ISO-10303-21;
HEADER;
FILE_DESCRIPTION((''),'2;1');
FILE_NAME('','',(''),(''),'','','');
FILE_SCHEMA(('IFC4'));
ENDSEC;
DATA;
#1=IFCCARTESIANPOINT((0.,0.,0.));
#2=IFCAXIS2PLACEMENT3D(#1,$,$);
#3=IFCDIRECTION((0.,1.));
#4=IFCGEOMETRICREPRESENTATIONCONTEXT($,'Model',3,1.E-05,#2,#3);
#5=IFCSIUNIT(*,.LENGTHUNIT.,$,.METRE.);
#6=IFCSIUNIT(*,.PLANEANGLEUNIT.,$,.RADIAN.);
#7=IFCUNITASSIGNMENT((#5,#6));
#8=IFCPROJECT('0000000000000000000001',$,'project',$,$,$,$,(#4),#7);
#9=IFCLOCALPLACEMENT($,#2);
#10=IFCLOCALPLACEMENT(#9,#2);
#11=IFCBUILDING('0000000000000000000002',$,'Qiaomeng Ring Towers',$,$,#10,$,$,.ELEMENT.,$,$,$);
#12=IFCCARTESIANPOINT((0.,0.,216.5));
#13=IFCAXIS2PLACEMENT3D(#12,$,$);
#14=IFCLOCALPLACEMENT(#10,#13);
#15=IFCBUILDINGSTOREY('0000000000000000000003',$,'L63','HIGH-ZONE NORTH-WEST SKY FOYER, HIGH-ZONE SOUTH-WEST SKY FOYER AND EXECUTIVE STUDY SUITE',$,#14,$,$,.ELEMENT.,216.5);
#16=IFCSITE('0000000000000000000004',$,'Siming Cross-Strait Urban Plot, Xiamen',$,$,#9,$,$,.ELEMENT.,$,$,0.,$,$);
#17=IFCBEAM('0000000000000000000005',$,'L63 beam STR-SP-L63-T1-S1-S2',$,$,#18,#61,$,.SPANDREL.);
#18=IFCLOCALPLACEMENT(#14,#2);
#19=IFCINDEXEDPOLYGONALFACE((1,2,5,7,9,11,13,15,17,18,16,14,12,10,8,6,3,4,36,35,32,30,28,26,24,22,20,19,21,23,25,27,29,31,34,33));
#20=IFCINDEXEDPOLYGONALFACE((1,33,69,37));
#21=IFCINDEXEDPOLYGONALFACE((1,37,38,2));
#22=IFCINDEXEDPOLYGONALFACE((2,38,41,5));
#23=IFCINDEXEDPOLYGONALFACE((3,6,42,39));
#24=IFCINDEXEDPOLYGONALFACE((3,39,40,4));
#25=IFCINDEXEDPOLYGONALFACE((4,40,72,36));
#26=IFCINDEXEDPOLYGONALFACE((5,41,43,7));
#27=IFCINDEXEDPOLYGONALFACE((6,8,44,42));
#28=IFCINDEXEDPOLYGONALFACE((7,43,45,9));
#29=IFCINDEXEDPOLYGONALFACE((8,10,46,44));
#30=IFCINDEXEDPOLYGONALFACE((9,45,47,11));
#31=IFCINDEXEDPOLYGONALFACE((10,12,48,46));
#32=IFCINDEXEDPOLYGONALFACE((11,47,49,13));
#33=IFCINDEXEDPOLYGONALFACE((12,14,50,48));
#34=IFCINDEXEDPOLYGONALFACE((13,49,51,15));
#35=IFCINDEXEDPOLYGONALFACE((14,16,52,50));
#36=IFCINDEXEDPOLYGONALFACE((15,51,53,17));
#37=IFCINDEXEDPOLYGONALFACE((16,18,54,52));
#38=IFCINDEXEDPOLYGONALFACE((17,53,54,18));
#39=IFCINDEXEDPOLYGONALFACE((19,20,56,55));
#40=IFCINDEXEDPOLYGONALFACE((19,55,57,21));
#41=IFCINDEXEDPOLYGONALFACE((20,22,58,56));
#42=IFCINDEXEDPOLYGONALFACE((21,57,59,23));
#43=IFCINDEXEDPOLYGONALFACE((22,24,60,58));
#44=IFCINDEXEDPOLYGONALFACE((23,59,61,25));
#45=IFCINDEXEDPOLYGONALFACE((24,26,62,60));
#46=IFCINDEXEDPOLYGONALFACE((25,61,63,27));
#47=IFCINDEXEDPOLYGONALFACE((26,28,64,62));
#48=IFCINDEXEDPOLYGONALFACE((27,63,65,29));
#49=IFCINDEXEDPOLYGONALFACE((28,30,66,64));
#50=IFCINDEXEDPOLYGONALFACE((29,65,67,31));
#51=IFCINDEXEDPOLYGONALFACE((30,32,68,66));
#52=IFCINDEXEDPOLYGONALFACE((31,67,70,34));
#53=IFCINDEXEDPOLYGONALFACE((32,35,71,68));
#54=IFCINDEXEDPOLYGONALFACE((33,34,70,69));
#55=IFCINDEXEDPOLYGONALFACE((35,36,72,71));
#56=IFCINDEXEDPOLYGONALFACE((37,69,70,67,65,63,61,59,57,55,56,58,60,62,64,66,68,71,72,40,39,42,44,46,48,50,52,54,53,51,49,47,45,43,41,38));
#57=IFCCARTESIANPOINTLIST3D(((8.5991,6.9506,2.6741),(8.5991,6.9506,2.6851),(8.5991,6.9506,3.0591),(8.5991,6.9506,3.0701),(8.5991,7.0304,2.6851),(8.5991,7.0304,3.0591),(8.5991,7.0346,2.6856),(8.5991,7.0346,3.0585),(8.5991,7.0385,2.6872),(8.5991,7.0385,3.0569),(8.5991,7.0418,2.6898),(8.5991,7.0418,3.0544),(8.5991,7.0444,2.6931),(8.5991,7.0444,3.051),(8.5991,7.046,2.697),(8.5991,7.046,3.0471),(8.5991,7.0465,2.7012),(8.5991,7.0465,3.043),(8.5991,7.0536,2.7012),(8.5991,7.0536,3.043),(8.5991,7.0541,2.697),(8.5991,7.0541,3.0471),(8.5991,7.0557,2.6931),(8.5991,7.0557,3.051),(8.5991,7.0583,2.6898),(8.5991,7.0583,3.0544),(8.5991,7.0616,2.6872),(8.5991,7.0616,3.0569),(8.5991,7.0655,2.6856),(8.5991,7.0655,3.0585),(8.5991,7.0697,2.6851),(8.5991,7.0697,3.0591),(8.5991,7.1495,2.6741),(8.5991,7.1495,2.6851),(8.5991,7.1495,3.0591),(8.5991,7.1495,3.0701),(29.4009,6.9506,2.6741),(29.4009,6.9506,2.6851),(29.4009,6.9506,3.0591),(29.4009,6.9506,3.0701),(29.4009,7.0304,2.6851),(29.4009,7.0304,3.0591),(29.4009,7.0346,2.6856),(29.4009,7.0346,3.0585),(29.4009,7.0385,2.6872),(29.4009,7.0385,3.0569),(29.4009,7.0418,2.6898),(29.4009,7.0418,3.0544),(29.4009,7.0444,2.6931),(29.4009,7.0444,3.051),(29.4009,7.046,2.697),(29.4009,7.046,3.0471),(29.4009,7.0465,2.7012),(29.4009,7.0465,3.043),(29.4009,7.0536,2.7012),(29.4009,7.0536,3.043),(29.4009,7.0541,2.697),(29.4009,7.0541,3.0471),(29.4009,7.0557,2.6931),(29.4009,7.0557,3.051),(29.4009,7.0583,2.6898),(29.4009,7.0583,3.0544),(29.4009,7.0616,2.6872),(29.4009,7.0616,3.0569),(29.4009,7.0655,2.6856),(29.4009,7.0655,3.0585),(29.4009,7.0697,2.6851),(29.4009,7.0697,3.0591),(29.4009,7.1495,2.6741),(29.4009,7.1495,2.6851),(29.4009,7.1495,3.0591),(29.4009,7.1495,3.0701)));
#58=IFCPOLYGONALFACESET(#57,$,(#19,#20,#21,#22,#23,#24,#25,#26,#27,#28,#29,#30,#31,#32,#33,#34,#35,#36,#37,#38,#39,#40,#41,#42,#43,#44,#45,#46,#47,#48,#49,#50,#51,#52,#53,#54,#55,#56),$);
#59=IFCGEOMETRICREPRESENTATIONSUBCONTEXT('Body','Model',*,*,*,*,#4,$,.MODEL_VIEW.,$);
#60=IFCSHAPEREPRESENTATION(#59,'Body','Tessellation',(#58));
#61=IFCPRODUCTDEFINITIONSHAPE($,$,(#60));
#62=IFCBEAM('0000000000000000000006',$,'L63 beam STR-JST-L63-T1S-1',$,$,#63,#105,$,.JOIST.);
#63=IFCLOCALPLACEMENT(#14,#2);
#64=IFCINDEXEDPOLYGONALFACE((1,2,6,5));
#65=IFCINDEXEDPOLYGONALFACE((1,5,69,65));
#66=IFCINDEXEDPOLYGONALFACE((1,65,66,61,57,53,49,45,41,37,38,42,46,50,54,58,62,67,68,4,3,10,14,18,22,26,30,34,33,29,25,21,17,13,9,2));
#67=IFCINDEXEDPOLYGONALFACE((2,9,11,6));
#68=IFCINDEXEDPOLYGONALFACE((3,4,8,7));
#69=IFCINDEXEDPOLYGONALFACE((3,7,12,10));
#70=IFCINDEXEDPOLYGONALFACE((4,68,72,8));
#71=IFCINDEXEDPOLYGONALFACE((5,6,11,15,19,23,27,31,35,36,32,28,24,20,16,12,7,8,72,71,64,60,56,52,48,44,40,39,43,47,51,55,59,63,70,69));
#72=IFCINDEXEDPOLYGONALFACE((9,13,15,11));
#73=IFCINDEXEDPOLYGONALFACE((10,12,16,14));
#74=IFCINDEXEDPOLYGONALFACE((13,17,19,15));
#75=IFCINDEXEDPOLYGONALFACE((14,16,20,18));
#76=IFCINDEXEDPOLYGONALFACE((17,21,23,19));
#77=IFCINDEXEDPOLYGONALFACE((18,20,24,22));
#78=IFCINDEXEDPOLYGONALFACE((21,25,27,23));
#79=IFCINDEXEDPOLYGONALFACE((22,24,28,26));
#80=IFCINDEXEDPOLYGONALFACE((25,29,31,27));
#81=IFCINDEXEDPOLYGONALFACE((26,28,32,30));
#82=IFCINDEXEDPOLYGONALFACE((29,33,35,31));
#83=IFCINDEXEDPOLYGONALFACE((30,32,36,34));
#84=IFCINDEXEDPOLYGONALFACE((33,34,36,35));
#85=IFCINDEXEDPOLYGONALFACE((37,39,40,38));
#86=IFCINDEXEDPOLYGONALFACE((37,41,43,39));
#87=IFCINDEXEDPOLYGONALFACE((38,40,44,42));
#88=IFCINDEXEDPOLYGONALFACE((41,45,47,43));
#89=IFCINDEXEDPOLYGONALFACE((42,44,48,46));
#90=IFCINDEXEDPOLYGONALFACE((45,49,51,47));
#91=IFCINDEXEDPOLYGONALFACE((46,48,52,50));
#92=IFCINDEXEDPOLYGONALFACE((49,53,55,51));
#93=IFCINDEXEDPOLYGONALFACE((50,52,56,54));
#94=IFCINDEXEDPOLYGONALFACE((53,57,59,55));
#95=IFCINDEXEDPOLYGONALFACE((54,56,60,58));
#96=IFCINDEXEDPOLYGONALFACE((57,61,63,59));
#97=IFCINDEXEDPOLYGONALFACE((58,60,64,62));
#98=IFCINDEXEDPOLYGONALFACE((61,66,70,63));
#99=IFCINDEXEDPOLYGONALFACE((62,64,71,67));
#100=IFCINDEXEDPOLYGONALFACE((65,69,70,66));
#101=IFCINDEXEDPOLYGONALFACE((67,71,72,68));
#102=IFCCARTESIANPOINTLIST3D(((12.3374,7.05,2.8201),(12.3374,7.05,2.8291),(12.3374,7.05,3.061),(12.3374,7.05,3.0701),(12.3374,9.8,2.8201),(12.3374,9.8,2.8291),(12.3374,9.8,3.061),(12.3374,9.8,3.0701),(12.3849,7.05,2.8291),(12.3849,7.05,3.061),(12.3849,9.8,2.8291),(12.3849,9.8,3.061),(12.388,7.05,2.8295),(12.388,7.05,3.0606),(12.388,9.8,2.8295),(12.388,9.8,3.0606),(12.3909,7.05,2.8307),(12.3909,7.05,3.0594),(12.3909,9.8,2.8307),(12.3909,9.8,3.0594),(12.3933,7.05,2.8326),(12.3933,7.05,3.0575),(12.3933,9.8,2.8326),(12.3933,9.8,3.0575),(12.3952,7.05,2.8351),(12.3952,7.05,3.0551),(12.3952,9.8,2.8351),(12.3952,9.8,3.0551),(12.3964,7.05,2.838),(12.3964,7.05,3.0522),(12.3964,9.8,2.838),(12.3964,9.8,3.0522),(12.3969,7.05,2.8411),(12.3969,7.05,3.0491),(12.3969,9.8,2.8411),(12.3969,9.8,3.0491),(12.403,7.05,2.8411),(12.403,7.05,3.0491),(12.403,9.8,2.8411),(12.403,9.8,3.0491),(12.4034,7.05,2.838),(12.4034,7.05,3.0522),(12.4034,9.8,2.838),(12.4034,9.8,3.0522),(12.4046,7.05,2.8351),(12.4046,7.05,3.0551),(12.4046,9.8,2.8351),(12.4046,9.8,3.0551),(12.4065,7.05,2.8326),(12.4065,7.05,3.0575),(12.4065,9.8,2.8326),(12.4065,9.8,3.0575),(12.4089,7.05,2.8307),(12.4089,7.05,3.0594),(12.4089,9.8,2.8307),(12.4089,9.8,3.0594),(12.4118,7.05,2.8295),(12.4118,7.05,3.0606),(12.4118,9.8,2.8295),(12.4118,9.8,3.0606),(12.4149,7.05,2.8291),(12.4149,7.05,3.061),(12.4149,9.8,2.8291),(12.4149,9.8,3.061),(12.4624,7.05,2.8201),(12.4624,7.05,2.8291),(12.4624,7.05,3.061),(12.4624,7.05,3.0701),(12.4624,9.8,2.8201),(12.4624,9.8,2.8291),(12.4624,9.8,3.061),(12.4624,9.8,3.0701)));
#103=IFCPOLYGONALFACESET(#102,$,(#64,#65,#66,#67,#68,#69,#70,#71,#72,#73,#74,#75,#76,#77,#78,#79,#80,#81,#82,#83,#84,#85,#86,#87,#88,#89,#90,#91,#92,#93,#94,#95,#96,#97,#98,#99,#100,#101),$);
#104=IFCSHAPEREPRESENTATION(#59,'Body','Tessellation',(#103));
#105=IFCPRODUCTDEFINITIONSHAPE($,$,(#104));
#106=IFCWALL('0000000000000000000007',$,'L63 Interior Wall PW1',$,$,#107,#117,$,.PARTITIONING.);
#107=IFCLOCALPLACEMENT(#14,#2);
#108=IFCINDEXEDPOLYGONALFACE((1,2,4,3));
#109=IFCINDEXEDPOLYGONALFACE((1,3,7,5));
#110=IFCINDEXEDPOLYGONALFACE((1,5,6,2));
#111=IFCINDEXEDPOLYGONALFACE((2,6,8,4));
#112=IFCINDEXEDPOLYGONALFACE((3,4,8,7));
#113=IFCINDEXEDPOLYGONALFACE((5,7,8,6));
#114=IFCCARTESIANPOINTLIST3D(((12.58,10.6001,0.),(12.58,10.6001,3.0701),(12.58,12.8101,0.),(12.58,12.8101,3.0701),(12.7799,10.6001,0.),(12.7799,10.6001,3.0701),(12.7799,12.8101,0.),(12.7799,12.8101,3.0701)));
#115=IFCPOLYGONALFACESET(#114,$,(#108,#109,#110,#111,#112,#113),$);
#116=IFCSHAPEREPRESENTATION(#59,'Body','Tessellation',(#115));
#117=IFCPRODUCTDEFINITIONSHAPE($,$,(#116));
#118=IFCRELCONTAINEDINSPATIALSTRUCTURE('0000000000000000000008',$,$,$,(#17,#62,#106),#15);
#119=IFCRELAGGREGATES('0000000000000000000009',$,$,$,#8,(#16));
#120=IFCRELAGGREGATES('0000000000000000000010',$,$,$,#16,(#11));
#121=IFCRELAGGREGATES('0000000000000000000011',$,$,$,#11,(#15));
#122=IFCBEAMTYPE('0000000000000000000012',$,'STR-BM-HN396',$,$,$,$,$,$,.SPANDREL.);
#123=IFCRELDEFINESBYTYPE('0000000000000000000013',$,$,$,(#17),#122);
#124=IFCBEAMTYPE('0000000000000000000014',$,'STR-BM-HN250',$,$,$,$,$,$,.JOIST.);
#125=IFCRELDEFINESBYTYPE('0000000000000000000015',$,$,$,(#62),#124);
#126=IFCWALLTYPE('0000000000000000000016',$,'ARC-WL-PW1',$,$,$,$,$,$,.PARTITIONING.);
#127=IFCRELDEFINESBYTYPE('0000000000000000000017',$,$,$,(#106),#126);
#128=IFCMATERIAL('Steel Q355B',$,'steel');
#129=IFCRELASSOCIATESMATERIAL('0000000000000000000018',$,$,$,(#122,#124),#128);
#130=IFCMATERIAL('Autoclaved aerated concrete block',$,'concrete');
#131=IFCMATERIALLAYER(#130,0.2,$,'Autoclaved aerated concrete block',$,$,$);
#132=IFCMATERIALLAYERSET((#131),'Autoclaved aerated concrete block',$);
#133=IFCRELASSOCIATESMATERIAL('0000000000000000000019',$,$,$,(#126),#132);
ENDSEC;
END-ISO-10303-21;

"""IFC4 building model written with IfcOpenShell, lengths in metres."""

from ifc_helpers import new_model, si_unit, direction, frame, frame_2d, origin, origin_2d, place, context, subcontext, project, spatial, rectangle, i_section, extrude, source, transform, mapped, material, layer, layer_set, material_profile, profile_set, type_object, element, save


model = new_model("IFC4")

# Units and contexts
model_context = context("Model", 3, precision=1e-05, world=origin(), true_north=direction((0.0, 1.0)))
body_context = subcontext(model_context, "Body", "Model", "MODEL_VIEW")
ifc_project = project(units=[si_unit("LENGTHUNIT", "METRE"), si_unit("PLANEANGLEUNIT", "RADIAN")], contexts=[model_context])

# Site, building, storey
site_placement = place(None, origin())
site = spatial("IfcSite", under=ifc_project, at=site_placement, Name="Siming Cross-Strait Urban Plot, Xiamen", CompositionType="ELEMENT", RefElevation=0.0)
building_placement = place(site_placement, origin())
building = spatial("IfcBuilding", under=site, at=building_placement, Name="Qiaomeng Ring Towers", CompositionType="ELEMENT")
storey_placement = place(building_placement, frame((0.0, 0.0, 216.5)))
storey = spatial("IfcBuildingStorey", under=building, at=storey_placement, Name="L63", Description="HIGH-ZONE NORTH-WEST SKY FOYER, HIGH-ZONE SOUTH-WEST SKY FOYER AND EXECUTIVE STUDY SUITE", CompositionType="ELEMENT", Elevation=216.5)

# Beams
ifc_material_1 = material(Name="Steel Q355B", Category="steel")
ifc_material_profile_1 = material_profile(ifc_material_1, i_section(OverallWidth=0.199, OverallDepth=0.396, WebThickness=0.0071, FlangeThickness=0.011, FilletRadius=0.0161, at=origin_2d()), Name="HN 396x199x7x11")
ifc_profile_set_1 = profile_set([ifc_material_profile_1], Name="Steel Q355B")
beam_type_1 = type_object("IfcBeamType", Name="STR-BM-HN396", PredefinedType="SPANDREL", material=ifc_profile_set_1)
shared_shape_1 = source(origin(), body_context, "Body", "SweptSolid", [
    extrude(i_section(OverallWidth=0.199, OverallDepth=0.396, WebThickness=0.0071, FlangeThickness=0.011, FilletRadius=0.0161, at=origin_2d()), origin(), (0.0, 0.0, 1.0), 20.8018),
])
beam_1_placement = place(storey_placement, frame((8.5991, 7.05, 2.8721), z_axis=(1.0, 0.0, 0.0), x_axis=(0.0, 1.0, 0.0)))
element("IfcBeam", 1, at=beam_1_placement, inside=storey, type_object=beam_type_1, Name="L63 beam STR-SP-L63-T1-S1-S2", PredefinedType="SPANDREL", context=body_context, shape_type="MappedRepresentation", body=[
    mapped(shared_shape_1, transform((0.0, 0.0, 0.0), x_axis=(1.0, 0.0, 0.0), y_axis=(0.0, 1.0, 0.0), z_axis=(0.0, 0.0, 1.0), scale=1.0)),
])
ifc_material_profile_2 = material_profile(ifc_material_1, i_section(OverallWidth=0.125, OverallDepth=0.25, WebThickness=0.0061, FlangeThickness=0.009, FilletRadius=0.012, at=origin_2d()), Name="HN 250x125x6x9")
ifc_profile_set_2 = profile_set([ifc_material_profile_2], Name="Steel Q355B")
beam_type_2 = type_object("IfcBeamType", Name="STR-BM-HN250", PredefinedType="JOIST", material=ifc_profile_set_2)
shared_shape_2 = source(origin(), body_context, "Body", "SweptSolid", [
    extrude(i_section(OverallWidth=0.125, OverallDepth=0.25, WebThickness=0.0061, FlangeThickness=0.009, FilletRadius=0.012, at=origin_2d()), origin(), (0.0, 0.0, 1.0), 2.75),
])
beam_2_placement = place(storey_placement, frame((12.3999, 7.05, 2.9451), z_axis=(0.0, 1.0, 0.0), x_axis=(-1.0, 0.0, 0.0)))
element("IfcBeam", 2, at=beam_2_placement, inside=storey, type_object=beam_type_2, Name="L63 beam STR-JST-L63-T1S-1", PredefinedType="JOIST", context=body_context, shape_type="MappedRepresentation", body=[
    mapped(shared_shape_2, transform((0.0, 0.0, 0.0), x_axis=(1.0, 0.0, 0.0), y_axis=(0.0, 1.0, 0.0), z_axis=(0.0, 0.0, 1.0), scale=1.0)),
])

# Wall
ifc_material_2 = material(Name="Autoclaved aerated concrete block", Category="concrete")
ifc_layer_1 = layer(ifc_material_2, 0.2, Name="Autoclaved aerated concrete block")
ifc_layer_set_1 = layer_set([ifc_layer_1], Name="Autoclaved aerated concrete block")
wall_type_1 = type_object("IfcWallType", Name="ARC-WL-PW1", PredefinedType="PARTITIONING", material=ifc_layer_set_1)
wall_1_placement = place(storey_placement, frame((12.6799, 10.6001, 0.0), z_axis=(0.0, 0.0, 1.0), x_axis=(0.0, 1.0, 0.0)))
element("IfcWall", 3, at=wall_1_placement, inside=storey, type_object=wall_type_1, Name="L63 Interior Wall PW1", PredefinedType="PARTITIONING", context=body_context, shape_type="SweptSolid", body=[
    extrude(rectangle(XDim=2.21, YDim=0.2, at=frame_2d((1.105, 0.0))), origin(), (0.0, 0.0, 1.0), 3.0701),
])

save(model, "model.ifc")
